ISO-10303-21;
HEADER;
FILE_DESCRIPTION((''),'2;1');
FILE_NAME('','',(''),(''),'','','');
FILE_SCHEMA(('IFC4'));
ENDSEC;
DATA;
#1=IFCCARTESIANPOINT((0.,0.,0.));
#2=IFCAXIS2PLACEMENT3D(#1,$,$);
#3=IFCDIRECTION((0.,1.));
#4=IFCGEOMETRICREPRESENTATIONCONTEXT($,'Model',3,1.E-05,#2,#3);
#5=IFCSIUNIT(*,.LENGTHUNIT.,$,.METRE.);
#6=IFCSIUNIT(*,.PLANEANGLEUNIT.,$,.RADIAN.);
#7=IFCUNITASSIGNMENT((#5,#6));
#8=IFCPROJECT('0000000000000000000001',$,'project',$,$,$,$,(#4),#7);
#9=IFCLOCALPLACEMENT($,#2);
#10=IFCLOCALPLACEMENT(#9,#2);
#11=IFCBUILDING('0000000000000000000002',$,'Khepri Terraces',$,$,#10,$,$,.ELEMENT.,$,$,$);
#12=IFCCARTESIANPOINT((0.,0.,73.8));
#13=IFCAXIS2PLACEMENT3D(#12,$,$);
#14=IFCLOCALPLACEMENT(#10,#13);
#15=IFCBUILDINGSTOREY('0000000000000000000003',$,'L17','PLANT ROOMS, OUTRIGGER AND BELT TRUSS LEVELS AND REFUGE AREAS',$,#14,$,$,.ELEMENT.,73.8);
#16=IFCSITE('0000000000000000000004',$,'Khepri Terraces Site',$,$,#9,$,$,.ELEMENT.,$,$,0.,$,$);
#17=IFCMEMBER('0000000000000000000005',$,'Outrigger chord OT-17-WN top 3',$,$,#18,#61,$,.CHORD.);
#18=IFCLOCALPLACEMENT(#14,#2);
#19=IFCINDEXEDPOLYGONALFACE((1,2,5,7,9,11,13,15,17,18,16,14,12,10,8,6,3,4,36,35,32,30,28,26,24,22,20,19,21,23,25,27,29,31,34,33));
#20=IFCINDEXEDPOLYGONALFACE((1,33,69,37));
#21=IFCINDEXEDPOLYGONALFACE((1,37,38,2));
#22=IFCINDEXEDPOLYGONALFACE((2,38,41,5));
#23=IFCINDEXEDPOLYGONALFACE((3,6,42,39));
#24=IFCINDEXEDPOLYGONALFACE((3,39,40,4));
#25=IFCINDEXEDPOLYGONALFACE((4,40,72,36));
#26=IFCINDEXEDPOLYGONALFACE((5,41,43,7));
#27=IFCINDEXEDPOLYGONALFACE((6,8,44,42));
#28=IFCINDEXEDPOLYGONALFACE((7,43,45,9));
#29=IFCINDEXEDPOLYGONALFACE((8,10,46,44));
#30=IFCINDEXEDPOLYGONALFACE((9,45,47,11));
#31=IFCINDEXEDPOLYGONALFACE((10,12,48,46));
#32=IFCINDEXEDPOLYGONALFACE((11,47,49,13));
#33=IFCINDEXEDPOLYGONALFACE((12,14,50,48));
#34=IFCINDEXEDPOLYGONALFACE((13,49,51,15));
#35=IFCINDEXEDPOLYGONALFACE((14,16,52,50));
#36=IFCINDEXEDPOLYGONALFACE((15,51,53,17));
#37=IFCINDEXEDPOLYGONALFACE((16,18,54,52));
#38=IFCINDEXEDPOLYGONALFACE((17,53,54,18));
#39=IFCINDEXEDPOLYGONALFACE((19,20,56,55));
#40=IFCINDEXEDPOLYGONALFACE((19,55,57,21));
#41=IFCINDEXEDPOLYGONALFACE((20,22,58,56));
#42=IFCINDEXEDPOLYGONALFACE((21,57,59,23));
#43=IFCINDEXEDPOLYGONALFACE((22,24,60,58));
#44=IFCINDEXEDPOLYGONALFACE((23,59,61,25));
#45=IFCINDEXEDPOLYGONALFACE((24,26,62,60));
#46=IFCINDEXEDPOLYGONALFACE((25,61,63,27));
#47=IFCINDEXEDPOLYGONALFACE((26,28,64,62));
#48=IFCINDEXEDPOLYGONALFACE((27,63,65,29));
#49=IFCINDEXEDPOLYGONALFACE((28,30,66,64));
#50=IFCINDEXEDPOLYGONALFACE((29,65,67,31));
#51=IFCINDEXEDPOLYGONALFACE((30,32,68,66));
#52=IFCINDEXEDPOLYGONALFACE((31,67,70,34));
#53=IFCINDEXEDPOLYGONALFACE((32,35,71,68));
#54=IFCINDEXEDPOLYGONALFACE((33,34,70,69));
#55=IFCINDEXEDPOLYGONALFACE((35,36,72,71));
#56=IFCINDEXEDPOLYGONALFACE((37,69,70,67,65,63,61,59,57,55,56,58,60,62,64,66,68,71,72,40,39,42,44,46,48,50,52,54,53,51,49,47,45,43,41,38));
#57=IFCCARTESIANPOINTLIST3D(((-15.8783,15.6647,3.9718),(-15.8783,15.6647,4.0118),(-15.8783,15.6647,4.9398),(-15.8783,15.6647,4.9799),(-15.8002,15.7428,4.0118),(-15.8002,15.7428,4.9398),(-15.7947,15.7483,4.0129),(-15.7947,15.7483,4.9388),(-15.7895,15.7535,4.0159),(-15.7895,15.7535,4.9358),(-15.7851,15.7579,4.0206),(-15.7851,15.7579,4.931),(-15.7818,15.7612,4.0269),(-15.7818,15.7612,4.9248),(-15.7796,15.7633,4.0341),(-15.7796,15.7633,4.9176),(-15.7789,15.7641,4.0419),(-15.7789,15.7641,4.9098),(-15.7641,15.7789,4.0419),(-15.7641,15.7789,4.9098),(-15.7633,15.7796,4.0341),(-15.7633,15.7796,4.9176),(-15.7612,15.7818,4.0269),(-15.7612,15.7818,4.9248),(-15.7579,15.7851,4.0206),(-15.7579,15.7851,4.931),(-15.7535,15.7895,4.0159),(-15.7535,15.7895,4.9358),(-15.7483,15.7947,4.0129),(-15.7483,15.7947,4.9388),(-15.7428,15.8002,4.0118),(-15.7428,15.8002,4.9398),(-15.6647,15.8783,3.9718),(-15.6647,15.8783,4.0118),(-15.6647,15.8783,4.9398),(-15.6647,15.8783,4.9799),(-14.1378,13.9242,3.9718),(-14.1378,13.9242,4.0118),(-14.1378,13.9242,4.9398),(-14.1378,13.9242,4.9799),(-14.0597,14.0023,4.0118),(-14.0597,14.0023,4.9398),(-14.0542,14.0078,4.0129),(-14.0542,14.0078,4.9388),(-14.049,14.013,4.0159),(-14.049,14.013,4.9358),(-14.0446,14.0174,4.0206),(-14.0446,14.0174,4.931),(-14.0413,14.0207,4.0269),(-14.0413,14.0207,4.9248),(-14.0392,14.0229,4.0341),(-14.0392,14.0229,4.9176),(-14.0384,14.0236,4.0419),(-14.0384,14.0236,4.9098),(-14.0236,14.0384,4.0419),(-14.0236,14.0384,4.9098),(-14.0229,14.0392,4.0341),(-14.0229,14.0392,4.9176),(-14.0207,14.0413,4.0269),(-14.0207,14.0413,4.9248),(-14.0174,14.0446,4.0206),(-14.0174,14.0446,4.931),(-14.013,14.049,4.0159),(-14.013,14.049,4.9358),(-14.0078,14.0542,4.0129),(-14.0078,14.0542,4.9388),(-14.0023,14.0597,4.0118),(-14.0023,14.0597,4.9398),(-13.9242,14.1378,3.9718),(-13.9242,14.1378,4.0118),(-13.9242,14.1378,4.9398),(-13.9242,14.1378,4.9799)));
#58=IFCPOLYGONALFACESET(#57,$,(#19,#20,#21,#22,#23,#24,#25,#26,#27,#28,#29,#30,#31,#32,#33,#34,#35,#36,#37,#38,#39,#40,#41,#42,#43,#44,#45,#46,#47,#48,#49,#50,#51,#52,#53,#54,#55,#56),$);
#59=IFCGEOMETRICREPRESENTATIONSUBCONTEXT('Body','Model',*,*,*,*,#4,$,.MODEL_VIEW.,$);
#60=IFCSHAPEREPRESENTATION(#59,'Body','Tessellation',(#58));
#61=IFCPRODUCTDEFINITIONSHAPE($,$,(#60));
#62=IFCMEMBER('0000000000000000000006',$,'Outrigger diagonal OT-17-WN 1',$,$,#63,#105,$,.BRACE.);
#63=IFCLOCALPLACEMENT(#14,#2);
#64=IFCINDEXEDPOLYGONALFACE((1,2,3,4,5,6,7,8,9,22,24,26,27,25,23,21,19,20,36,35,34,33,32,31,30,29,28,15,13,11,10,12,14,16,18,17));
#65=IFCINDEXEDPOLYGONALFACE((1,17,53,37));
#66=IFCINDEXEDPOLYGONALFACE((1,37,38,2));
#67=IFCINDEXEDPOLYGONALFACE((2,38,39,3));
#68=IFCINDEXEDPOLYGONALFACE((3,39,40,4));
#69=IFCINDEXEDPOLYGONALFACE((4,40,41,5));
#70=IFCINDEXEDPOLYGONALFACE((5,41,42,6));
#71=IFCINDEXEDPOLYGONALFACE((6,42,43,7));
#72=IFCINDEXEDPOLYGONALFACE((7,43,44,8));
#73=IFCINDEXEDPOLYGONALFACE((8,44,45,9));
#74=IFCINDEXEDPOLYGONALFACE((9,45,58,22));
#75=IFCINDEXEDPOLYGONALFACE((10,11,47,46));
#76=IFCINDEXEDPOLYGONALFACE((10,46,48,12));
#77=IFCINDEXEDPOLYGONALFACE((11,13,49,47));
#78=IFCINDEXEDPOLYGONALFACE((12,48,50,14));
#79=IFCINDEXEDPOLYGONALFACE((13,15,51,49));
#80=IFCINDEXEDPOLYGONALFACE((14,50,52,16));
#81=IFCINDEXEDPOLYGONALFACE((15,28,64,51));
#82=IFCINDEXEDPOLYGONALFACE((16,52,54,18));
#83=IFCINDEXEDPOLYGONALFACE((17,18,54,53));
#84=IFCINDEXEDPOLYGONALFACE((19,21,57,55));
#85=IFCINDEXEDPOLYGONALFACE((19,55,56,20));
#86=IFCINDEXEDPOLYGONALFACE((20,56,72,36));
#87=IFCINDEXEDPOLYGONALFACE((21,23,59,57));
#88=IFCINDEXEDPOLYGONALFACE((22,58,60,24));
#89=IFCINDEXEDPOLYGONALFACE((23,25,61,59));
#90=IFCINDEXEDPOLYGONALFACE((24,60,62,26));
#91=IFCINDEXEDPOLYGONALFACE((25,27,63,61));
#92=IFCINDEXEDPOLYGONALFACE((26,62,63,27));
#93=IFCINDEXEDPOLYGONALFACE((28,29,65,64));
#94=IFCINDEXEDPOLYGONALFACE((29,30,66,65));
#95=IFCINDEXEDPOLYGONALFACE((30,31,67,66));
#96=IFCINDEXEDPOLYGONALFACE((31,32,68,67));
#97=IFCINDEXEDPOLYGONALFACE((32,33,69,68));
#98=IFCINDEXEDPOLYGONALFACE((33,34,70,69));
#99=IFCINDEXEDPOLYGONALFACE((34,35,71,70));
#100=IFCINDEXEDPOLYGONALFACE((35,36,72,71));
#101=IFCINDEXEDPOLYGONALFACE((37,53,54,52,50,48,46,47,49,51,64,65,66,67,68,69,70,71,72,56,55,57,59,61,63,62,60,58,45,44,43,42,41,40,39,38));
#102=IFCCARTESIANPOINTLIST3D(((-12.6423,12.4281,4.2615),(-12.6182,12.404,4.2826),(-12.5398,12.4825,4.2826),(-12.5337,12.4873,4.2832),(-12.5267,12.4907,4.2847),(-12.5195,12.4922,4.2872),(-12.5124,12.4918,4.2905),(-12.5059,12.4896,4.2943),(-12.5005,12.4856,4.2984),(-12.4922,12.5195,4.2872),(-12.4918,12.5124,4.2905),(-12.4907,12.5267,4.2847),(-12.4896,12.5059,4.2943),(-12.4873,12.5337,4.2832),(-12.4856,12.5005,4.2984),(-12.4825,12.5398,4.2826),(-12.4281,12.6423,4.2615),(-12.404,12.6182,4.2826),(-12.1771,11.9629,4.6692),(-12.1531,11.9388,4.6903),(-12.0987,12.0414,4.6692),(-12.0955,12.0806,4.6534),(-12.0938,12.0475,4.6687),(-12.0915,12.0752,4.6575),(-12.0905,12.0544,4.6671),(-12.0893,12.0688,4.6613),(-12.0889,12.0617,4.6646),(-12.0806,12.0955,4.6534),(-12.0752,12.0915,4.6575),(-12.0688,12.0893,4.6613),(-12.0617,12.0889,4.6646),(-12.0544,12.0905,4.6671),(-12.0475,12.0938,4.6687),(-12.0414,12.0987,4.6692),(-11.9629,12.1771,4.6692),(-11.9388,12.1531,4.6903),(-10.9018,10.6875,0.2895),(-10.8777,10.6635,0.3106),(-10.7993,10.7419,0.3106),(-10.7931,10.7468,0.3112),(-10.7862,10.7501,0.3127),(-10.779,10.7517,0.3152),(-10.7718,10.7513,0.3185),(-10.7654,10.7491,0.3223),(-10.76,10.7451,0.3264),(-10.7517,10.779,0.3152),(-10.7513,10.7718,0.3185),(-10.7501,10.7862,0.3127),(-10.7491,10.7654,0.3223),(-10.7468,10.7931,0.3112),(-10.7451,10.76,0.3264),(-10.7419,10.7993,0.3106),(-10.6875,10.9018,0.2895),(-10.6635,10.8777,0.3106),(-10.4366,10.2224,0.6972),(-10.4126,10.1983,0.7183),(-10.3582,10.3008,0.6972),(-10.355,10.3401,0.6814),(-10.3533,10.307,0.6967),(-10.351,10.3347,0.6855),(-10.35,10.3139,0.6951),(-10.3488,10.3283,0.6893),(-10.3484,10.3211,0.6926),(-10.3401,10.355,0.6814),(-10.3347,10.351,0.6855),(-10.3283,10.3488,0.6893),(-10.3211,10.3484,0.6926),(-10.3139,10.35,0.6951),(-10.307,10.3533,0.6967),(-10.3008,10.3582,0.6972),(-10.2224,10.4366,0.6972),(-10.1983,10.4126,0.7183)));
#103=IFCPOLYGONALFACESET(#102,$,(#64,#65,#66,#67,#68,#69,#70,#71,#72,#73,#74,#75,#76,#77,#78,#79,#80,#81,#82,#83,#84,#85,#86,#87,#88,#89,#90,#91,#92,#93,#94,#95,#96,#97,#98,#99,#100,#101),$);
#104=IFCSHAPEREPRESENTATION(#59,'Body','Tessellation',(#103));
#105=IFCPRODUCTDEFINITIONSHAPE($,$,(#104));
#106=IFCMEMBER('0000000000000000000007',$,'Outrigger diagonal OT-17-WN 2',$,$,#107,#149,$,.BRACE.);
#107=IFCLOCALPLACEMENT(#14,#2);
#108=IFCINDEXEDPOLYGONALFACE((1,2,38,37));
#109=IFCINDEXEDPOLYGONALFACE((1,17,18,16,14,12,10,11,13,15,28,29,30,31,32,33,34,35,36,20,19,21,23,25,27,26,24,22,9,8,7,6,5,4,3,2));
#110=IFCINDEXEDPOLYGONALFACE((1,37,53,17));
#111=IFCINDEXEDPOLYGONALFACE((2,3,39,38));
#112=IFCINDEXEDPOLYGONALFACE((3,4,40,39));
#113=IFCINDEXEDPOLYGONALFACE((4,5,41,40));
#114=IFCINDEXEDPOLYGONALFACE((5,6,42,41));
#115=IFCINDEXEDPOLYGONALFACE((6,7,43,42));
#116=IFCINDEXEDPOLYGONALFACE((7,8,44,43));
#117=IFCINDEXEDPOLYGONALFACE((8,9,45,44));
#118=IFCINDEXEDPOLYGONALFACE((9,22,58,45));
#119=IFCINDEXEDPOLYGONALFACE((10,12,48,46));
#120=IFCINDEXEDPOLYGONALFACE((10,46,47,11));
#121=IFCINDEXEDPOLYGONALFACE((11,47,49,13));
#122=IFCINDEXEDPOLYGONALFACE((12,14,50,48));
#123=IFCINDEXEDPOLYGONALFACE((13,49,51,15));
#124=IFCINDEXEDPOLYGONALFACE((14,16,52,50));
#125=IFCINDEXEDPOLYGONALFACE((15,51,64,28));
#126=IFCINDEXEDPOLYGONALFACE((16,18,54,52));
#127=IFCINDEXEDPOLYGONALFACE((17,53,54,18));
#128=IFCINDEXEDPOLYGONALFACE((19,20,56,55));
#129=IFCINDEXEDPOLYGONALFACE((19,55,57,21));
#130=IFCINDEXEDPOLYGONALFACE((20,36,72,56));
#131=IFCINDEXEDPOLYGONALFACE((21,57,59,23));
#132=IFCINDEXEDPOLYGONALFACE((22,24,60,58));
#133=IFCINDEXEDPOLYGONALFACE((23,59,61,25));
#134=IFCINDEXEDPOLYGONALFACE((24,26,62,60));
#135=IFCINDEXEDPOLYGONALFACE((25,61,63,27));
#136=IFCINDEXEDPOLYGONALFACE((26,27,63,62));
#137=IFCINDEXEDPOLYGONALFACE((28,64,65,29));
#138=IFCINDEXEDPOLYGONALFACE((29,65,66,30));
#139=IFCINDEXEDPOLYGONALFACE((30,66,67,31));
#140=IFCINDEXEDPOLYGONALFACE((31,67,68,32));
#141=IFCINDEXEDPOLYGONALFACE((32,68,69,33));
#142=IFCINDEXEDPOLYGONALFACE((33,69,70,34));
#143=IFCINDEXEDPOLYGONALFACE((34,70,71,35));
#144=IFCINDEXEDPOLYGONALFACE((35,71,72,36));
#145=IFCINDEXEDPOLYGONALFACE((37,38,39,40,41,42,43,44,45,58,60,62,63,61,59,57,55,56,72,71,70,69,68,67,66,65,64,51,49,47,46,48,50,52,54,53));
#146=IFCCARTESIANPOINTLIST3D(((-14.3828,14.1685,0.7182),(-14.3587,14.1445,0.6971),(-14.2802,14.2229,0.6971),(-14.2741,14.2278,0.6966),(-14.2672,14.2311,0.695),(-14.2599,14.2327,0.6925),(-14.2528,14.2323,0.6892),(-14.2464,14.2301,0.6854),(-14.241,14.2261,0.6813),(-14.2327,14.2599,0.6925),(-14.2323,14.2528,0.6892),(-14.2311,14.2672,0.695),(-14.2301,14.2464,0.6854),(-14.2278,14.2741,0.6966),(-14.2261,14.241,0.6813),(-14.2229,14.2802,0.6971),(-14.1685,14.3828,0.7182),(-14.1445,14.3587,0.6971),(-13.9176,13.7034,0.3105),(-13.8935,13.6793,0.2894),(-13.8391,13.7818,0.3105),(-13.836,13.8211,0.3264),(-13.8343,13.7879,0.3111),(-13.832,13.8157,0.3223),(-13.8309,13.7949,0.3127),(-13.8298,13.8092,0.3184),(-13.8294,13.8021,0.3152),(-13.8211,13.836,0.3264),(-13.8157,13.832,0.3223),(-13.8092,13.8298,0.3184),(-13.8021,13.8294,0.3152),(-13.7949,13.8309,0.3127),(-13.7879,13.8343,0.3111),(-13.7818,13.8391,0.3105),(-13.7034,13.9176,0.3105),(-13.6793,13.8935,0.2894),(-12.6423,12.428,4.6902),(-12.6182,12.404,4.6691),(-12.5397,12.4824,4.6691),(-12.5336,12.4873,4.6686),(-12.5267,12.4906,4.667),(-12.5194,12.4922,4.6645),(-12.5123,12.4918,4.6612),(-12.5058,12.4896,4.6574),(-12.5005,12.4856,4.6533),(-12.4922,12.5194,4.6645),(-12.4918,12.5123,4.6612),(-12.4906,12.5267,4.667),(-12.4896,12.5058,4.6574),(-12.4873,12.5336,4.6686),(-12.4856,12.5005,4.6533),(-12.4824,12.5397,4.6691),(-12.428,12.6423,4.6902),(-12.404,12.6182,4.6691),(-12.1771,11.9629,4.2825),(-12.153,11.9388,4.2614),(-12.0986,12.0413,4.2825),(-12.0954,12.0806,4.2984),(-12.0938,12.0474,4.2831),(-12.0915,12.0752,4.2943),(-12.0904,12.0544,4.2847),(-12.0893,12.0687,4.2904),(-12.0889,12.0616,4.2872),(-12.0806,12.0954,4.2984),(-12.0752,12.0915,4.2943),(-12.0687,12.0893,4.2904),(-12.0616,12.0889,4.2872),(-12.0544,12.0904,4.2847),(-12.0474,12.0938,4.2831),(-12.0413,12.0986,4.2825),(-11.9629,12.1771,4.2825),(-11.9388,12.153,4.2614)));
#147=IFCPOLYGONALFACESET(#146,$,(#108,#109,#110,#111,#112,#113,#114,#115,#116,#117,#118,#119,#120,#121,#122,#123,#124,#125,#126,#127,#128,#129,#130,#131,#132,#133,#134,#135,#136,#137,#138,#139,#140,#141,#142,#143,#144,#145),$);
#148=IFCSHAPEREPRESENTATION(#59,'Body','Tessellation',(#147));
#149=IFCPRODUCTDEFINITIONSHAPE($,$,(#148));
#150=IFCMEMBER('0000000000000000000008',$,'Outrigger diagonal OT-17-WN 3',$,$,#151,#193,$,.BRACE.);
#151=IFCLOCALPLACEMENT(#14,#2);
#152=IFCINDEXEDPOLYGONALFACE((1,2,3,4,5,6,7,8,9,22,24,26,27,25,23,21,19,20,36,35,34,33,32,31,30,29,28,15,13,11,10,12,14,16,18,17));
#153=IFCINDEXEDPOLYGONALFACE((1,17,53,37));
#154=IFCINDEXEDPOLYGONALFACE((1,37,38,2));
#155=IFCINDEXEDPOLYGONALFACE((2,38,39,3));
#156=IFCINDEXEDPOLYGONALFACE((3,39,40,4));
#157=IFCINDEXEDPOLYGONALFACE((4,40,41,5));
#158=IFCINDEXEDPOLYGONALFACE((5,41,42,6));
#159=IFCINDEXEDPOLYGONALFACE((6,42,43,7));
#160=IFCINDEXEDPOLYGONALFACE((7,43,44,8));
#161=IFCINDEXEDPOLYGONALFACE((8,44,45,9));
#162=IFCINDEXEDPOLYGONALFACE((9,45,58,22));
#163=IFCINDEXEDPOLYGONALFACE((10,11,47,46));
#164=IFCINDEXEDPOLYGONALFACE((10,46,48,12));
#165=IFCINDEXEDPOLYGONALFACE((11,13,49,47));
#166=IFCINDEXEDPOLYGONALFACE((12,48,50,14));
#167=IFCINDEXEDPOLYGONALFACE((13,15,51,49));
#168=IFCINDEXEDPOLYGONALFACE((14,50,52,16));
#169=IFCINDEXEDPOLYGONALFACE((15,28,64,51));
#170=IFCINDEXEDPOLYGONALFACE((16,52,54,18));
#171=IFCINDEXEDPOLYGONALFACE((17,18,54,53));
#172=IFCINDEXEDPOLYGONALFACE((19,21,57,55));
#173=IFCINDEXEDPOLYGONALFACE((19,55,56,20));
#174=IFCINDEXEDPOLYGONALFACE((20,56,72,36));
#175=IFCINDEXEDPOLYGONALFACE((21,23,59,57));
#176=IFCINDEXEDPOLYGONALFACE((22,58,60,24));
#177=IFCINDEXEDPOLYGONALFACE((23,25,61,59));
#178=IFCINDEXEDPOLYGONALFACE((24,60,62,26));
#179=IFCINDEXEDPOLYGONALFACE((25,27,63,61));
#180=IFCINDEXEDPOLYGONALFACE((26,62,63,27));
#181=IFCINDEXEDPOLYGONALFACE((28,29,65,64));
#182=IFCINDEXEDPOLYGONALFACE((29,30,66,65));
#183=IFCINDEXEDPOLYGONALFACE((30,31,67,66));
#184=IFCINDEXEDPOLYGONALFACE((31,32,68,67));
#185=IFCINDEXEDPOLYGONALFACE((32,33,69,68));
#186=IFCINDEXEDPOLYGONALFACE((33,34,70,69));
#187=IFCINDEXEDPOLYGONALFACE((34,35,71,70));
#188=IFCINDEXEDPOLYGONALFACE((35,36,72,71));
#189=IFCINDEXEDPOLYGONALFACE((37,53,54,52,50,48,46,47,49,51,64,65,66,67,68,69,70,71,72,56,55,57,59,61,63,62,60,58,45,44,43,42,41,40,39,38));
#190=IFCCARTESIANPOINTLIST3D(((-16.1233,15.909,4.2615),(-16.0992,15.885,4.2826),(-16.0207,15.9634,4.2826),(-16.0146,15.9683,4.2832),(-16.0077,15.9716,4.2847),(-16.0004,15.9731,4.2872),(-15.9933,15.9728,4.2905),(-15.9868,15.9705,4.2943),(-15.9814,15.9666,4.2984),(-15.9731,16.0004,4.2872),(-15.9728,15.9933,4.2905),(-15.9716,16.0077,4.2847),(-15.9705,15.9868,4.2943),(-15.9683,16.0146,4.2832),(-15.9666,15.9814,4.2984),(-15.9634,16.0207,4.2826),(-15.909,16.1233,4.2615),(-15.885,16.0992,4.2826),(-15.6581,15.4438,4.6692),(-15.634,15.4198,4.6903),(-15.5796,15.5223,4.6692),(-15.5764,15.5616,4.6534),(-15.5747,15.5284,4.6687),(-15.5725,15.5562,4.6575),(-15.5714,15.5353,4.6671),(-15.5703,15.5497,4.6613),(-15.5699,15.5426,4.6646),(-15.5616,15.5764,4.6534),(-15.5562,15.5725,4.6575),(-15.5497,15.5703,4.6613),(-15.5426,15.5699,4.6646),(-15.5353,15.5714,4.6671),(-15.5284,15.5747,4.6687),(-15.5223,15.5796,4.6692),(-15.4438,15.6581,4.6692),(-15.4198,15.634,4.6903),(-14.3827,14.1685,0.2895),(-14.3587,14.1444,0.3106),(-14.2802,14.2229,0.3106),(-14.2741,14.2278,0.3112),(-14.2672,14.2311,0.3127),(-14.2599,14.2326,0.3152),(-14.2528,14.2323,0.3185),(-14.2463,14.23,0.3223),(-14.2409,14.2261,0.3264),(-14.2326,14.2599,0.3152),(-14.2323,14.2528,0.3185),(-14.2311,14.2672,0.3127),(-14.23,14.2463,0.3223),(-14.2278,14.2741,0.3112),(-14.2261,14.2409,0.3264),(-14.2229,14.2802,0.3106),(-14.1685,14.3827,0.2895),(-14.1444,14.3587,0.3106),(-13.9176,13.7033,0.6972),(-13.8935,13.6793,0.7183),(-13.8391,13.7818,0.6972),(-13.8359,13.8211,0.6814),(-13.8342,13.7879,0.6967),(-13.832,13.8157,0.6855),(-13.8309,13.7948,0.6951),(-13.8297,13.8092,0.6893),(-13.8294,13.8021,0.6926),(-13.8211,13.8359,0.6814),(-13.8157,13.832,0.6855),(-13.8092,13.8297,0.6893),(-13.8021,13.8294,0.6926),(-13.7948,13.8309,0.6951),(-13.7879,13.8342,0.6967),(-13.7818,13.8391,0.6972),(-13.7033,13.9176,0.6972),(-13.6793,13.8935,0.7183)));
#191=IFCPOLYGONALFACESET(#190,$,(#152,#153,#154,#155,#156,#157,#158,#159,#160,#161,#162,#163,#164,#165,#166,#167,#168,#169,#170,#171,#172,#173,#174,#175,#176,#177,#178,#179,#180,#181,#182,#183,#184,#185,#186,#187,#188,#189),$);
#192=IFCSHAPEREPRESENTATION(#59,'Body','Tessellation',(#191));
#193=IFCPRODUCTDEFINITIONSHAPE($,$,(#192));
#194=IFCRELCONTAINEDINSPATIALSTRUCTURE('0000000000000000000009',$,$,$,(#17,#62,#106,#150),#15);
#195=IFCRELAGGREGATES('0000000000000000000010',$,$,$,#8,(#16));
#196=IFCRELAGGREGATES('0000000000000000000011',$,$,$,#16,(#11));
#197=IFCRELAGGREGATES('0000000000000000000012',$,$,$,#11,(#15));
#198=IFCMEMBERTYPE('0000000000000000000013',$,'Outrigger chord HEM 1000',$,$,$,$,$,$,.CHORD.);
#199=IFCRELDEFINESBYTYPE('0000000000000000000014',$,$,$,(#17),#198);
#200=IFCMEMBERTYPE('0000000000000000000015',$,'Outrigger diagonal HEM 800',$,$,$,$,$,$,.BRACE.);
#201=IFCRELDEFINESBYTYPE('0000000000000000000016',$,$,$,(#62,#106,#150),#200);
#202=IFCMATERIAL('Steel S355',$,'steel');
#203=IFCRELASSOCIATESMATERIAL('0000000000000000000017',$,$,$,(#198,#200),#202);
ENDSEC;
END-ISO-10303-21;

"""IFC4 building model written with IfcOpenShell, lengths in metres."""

from ifc_helpers import new_model, si_unit, direction, frame, origin, origin_2d, place, context, subcontext, project, spatial, i_section, extrude, material, material_profile, profile_set, type_object, element, save


model = new_model("IFC4")

# Units and contexts
model_context = context("Model", 3, precision=1e-05, world=origin(), true_north=direction((0.0, 1.0)))
body_context = subcontext(model_context, "Body", "Model", "MODEL_VIEW")
ifc_project = project(units=[si_unit("LENGTHUNIT", "METRE"), si_unit("PLANEANGLEUNIT", "RADIAN")], contexts=[model_context])

# Site, building, storey
site_placement = place(None, origin())
site = spatial("IfcSite", under=ifc_project, at=site_placement, Name="Khepri Terraces Site", CompositionType="ELEMENT", RefElevation=0.0)
building_placement = place(site_placement, origin())
building = spatial("IfcBuilding", under=site, at=building_placement, Name="Khepri Terraces", CompositionType="ELEMENT")
storey_placement = place(building_placement, frame((0.0, 0.0, 73.8)))
storey = spatial("IfcBuildingStorey", under=building, at=storey_placement, Name="L17", Description="PLANT ROOMS, OUTRIGGER AND BELT TRUSS LEVELS AND REFUGE AREAS", CompositionType="ELEMENT", Elevation=73.8)

# Members
ifc_material_1 = material(Name="Steel S355", Category="steel")
ifc_material_profile_1 = material_profile(ifc_material_1, i_section(OverallWidth=0.302, OverallDepth=1.0081, WebThickness=0.021, FlangeThickness=0.04, FilletRadius=0.03, at=origin_2d()), Name="Steel S355", Category="steel")
ifc_profile_set_1 = profile_set([ifc_material_profile_1], Name="Steel S355")
member_type_1 = type_object("IfcMemberType", Name="Outrigger chord HEM 1000", PredefinedType="CHORD", material=ifc_profile_set_1)
for number, where, z_axis, x_axis, name in (
    (1, (-14.031, 14.031, 4.4758), (-0.707107, 0.707107, 0.0), (-0.707107, -0.707107, 0.0), "Outrigger chord OT-17-WN top 3"),
):
    element("IfcMember", number, at=place(storey_placement, frame(where, z_axis=z_axis, x_axis=x_axis)), inside=storey, type_object=member_type_1, Name=name, PredefinedType="CHORD", context=body_context, shape_type="SweptSolid", body=[
        extrude(i_section(OverallWidth=0.302, OverallDepth=1.0081, WebThickness=0.021, FlangeThickness=0.04, FilletRadius=0.03, at=origin_2d()), origin(), (0.0, 0.0, 1.0), 2.4614),
    ])
ifc_material_profile_2 = material_profile(ifc_material_1, i_section(OverallWidth=0.303, OverallDepth=0.814, WebThickness=0.021, FlangeThickness=0.04, FilletRadius=0.03, at=origin_2d()), Name="Steel S355", Category="steel")
ifc_profile_set_2 = profile_set([ifc_material_profile_2], Name="Steel S355")
member_type_2 = type_object("IfcMemberType", Name="Outrigger diagonal HEM 800", PredefinedType="BRACE", material=ifc_profile_set_2)
for number, where, z_axis, x_axis, name in (
    (2, (-10.55, 10.55, 0.5039), (-0.372473, 0.372473, 0.850016), (-0.707107, -0.707107, 0.0), "Outrigger diagonal OT-17-WN 1"),
    (3, (-12.2905, 12.2905, 4.4758), (-0.372473, 0.372473, -0.850016), (-0.707107, -0.707107, 0.0), "Outrigger diagonal OT-17-WN 2"),
    (4, (-14.031, 14.031, 0.5039), (-0.372473, 0.372473, 0.850016), (-0.707107, -0.707107, 0.0), "Outrigger diagonal OT-17-WN 3"),
):
    element("IfcMember", number, at=place(storey_placement, frame(where, z_axis=z_axis, x_axis=x_axis)), inside=storey, type_object=member_type_2, Name=name, PredefinedType="BRACE", context=body_context, shape_type="SweptSolid", body=[
        extrude(i_section(OverallWidth=0.303, OverallDepth=0.814, WebThickness=0.021, FlangeThickness=0.04, FilletRadius=0.03, at=origin_2d()), origin(), (0.0, 0.0, 1.0), 4.6729),
    ])

save(model, "model.ifc")
